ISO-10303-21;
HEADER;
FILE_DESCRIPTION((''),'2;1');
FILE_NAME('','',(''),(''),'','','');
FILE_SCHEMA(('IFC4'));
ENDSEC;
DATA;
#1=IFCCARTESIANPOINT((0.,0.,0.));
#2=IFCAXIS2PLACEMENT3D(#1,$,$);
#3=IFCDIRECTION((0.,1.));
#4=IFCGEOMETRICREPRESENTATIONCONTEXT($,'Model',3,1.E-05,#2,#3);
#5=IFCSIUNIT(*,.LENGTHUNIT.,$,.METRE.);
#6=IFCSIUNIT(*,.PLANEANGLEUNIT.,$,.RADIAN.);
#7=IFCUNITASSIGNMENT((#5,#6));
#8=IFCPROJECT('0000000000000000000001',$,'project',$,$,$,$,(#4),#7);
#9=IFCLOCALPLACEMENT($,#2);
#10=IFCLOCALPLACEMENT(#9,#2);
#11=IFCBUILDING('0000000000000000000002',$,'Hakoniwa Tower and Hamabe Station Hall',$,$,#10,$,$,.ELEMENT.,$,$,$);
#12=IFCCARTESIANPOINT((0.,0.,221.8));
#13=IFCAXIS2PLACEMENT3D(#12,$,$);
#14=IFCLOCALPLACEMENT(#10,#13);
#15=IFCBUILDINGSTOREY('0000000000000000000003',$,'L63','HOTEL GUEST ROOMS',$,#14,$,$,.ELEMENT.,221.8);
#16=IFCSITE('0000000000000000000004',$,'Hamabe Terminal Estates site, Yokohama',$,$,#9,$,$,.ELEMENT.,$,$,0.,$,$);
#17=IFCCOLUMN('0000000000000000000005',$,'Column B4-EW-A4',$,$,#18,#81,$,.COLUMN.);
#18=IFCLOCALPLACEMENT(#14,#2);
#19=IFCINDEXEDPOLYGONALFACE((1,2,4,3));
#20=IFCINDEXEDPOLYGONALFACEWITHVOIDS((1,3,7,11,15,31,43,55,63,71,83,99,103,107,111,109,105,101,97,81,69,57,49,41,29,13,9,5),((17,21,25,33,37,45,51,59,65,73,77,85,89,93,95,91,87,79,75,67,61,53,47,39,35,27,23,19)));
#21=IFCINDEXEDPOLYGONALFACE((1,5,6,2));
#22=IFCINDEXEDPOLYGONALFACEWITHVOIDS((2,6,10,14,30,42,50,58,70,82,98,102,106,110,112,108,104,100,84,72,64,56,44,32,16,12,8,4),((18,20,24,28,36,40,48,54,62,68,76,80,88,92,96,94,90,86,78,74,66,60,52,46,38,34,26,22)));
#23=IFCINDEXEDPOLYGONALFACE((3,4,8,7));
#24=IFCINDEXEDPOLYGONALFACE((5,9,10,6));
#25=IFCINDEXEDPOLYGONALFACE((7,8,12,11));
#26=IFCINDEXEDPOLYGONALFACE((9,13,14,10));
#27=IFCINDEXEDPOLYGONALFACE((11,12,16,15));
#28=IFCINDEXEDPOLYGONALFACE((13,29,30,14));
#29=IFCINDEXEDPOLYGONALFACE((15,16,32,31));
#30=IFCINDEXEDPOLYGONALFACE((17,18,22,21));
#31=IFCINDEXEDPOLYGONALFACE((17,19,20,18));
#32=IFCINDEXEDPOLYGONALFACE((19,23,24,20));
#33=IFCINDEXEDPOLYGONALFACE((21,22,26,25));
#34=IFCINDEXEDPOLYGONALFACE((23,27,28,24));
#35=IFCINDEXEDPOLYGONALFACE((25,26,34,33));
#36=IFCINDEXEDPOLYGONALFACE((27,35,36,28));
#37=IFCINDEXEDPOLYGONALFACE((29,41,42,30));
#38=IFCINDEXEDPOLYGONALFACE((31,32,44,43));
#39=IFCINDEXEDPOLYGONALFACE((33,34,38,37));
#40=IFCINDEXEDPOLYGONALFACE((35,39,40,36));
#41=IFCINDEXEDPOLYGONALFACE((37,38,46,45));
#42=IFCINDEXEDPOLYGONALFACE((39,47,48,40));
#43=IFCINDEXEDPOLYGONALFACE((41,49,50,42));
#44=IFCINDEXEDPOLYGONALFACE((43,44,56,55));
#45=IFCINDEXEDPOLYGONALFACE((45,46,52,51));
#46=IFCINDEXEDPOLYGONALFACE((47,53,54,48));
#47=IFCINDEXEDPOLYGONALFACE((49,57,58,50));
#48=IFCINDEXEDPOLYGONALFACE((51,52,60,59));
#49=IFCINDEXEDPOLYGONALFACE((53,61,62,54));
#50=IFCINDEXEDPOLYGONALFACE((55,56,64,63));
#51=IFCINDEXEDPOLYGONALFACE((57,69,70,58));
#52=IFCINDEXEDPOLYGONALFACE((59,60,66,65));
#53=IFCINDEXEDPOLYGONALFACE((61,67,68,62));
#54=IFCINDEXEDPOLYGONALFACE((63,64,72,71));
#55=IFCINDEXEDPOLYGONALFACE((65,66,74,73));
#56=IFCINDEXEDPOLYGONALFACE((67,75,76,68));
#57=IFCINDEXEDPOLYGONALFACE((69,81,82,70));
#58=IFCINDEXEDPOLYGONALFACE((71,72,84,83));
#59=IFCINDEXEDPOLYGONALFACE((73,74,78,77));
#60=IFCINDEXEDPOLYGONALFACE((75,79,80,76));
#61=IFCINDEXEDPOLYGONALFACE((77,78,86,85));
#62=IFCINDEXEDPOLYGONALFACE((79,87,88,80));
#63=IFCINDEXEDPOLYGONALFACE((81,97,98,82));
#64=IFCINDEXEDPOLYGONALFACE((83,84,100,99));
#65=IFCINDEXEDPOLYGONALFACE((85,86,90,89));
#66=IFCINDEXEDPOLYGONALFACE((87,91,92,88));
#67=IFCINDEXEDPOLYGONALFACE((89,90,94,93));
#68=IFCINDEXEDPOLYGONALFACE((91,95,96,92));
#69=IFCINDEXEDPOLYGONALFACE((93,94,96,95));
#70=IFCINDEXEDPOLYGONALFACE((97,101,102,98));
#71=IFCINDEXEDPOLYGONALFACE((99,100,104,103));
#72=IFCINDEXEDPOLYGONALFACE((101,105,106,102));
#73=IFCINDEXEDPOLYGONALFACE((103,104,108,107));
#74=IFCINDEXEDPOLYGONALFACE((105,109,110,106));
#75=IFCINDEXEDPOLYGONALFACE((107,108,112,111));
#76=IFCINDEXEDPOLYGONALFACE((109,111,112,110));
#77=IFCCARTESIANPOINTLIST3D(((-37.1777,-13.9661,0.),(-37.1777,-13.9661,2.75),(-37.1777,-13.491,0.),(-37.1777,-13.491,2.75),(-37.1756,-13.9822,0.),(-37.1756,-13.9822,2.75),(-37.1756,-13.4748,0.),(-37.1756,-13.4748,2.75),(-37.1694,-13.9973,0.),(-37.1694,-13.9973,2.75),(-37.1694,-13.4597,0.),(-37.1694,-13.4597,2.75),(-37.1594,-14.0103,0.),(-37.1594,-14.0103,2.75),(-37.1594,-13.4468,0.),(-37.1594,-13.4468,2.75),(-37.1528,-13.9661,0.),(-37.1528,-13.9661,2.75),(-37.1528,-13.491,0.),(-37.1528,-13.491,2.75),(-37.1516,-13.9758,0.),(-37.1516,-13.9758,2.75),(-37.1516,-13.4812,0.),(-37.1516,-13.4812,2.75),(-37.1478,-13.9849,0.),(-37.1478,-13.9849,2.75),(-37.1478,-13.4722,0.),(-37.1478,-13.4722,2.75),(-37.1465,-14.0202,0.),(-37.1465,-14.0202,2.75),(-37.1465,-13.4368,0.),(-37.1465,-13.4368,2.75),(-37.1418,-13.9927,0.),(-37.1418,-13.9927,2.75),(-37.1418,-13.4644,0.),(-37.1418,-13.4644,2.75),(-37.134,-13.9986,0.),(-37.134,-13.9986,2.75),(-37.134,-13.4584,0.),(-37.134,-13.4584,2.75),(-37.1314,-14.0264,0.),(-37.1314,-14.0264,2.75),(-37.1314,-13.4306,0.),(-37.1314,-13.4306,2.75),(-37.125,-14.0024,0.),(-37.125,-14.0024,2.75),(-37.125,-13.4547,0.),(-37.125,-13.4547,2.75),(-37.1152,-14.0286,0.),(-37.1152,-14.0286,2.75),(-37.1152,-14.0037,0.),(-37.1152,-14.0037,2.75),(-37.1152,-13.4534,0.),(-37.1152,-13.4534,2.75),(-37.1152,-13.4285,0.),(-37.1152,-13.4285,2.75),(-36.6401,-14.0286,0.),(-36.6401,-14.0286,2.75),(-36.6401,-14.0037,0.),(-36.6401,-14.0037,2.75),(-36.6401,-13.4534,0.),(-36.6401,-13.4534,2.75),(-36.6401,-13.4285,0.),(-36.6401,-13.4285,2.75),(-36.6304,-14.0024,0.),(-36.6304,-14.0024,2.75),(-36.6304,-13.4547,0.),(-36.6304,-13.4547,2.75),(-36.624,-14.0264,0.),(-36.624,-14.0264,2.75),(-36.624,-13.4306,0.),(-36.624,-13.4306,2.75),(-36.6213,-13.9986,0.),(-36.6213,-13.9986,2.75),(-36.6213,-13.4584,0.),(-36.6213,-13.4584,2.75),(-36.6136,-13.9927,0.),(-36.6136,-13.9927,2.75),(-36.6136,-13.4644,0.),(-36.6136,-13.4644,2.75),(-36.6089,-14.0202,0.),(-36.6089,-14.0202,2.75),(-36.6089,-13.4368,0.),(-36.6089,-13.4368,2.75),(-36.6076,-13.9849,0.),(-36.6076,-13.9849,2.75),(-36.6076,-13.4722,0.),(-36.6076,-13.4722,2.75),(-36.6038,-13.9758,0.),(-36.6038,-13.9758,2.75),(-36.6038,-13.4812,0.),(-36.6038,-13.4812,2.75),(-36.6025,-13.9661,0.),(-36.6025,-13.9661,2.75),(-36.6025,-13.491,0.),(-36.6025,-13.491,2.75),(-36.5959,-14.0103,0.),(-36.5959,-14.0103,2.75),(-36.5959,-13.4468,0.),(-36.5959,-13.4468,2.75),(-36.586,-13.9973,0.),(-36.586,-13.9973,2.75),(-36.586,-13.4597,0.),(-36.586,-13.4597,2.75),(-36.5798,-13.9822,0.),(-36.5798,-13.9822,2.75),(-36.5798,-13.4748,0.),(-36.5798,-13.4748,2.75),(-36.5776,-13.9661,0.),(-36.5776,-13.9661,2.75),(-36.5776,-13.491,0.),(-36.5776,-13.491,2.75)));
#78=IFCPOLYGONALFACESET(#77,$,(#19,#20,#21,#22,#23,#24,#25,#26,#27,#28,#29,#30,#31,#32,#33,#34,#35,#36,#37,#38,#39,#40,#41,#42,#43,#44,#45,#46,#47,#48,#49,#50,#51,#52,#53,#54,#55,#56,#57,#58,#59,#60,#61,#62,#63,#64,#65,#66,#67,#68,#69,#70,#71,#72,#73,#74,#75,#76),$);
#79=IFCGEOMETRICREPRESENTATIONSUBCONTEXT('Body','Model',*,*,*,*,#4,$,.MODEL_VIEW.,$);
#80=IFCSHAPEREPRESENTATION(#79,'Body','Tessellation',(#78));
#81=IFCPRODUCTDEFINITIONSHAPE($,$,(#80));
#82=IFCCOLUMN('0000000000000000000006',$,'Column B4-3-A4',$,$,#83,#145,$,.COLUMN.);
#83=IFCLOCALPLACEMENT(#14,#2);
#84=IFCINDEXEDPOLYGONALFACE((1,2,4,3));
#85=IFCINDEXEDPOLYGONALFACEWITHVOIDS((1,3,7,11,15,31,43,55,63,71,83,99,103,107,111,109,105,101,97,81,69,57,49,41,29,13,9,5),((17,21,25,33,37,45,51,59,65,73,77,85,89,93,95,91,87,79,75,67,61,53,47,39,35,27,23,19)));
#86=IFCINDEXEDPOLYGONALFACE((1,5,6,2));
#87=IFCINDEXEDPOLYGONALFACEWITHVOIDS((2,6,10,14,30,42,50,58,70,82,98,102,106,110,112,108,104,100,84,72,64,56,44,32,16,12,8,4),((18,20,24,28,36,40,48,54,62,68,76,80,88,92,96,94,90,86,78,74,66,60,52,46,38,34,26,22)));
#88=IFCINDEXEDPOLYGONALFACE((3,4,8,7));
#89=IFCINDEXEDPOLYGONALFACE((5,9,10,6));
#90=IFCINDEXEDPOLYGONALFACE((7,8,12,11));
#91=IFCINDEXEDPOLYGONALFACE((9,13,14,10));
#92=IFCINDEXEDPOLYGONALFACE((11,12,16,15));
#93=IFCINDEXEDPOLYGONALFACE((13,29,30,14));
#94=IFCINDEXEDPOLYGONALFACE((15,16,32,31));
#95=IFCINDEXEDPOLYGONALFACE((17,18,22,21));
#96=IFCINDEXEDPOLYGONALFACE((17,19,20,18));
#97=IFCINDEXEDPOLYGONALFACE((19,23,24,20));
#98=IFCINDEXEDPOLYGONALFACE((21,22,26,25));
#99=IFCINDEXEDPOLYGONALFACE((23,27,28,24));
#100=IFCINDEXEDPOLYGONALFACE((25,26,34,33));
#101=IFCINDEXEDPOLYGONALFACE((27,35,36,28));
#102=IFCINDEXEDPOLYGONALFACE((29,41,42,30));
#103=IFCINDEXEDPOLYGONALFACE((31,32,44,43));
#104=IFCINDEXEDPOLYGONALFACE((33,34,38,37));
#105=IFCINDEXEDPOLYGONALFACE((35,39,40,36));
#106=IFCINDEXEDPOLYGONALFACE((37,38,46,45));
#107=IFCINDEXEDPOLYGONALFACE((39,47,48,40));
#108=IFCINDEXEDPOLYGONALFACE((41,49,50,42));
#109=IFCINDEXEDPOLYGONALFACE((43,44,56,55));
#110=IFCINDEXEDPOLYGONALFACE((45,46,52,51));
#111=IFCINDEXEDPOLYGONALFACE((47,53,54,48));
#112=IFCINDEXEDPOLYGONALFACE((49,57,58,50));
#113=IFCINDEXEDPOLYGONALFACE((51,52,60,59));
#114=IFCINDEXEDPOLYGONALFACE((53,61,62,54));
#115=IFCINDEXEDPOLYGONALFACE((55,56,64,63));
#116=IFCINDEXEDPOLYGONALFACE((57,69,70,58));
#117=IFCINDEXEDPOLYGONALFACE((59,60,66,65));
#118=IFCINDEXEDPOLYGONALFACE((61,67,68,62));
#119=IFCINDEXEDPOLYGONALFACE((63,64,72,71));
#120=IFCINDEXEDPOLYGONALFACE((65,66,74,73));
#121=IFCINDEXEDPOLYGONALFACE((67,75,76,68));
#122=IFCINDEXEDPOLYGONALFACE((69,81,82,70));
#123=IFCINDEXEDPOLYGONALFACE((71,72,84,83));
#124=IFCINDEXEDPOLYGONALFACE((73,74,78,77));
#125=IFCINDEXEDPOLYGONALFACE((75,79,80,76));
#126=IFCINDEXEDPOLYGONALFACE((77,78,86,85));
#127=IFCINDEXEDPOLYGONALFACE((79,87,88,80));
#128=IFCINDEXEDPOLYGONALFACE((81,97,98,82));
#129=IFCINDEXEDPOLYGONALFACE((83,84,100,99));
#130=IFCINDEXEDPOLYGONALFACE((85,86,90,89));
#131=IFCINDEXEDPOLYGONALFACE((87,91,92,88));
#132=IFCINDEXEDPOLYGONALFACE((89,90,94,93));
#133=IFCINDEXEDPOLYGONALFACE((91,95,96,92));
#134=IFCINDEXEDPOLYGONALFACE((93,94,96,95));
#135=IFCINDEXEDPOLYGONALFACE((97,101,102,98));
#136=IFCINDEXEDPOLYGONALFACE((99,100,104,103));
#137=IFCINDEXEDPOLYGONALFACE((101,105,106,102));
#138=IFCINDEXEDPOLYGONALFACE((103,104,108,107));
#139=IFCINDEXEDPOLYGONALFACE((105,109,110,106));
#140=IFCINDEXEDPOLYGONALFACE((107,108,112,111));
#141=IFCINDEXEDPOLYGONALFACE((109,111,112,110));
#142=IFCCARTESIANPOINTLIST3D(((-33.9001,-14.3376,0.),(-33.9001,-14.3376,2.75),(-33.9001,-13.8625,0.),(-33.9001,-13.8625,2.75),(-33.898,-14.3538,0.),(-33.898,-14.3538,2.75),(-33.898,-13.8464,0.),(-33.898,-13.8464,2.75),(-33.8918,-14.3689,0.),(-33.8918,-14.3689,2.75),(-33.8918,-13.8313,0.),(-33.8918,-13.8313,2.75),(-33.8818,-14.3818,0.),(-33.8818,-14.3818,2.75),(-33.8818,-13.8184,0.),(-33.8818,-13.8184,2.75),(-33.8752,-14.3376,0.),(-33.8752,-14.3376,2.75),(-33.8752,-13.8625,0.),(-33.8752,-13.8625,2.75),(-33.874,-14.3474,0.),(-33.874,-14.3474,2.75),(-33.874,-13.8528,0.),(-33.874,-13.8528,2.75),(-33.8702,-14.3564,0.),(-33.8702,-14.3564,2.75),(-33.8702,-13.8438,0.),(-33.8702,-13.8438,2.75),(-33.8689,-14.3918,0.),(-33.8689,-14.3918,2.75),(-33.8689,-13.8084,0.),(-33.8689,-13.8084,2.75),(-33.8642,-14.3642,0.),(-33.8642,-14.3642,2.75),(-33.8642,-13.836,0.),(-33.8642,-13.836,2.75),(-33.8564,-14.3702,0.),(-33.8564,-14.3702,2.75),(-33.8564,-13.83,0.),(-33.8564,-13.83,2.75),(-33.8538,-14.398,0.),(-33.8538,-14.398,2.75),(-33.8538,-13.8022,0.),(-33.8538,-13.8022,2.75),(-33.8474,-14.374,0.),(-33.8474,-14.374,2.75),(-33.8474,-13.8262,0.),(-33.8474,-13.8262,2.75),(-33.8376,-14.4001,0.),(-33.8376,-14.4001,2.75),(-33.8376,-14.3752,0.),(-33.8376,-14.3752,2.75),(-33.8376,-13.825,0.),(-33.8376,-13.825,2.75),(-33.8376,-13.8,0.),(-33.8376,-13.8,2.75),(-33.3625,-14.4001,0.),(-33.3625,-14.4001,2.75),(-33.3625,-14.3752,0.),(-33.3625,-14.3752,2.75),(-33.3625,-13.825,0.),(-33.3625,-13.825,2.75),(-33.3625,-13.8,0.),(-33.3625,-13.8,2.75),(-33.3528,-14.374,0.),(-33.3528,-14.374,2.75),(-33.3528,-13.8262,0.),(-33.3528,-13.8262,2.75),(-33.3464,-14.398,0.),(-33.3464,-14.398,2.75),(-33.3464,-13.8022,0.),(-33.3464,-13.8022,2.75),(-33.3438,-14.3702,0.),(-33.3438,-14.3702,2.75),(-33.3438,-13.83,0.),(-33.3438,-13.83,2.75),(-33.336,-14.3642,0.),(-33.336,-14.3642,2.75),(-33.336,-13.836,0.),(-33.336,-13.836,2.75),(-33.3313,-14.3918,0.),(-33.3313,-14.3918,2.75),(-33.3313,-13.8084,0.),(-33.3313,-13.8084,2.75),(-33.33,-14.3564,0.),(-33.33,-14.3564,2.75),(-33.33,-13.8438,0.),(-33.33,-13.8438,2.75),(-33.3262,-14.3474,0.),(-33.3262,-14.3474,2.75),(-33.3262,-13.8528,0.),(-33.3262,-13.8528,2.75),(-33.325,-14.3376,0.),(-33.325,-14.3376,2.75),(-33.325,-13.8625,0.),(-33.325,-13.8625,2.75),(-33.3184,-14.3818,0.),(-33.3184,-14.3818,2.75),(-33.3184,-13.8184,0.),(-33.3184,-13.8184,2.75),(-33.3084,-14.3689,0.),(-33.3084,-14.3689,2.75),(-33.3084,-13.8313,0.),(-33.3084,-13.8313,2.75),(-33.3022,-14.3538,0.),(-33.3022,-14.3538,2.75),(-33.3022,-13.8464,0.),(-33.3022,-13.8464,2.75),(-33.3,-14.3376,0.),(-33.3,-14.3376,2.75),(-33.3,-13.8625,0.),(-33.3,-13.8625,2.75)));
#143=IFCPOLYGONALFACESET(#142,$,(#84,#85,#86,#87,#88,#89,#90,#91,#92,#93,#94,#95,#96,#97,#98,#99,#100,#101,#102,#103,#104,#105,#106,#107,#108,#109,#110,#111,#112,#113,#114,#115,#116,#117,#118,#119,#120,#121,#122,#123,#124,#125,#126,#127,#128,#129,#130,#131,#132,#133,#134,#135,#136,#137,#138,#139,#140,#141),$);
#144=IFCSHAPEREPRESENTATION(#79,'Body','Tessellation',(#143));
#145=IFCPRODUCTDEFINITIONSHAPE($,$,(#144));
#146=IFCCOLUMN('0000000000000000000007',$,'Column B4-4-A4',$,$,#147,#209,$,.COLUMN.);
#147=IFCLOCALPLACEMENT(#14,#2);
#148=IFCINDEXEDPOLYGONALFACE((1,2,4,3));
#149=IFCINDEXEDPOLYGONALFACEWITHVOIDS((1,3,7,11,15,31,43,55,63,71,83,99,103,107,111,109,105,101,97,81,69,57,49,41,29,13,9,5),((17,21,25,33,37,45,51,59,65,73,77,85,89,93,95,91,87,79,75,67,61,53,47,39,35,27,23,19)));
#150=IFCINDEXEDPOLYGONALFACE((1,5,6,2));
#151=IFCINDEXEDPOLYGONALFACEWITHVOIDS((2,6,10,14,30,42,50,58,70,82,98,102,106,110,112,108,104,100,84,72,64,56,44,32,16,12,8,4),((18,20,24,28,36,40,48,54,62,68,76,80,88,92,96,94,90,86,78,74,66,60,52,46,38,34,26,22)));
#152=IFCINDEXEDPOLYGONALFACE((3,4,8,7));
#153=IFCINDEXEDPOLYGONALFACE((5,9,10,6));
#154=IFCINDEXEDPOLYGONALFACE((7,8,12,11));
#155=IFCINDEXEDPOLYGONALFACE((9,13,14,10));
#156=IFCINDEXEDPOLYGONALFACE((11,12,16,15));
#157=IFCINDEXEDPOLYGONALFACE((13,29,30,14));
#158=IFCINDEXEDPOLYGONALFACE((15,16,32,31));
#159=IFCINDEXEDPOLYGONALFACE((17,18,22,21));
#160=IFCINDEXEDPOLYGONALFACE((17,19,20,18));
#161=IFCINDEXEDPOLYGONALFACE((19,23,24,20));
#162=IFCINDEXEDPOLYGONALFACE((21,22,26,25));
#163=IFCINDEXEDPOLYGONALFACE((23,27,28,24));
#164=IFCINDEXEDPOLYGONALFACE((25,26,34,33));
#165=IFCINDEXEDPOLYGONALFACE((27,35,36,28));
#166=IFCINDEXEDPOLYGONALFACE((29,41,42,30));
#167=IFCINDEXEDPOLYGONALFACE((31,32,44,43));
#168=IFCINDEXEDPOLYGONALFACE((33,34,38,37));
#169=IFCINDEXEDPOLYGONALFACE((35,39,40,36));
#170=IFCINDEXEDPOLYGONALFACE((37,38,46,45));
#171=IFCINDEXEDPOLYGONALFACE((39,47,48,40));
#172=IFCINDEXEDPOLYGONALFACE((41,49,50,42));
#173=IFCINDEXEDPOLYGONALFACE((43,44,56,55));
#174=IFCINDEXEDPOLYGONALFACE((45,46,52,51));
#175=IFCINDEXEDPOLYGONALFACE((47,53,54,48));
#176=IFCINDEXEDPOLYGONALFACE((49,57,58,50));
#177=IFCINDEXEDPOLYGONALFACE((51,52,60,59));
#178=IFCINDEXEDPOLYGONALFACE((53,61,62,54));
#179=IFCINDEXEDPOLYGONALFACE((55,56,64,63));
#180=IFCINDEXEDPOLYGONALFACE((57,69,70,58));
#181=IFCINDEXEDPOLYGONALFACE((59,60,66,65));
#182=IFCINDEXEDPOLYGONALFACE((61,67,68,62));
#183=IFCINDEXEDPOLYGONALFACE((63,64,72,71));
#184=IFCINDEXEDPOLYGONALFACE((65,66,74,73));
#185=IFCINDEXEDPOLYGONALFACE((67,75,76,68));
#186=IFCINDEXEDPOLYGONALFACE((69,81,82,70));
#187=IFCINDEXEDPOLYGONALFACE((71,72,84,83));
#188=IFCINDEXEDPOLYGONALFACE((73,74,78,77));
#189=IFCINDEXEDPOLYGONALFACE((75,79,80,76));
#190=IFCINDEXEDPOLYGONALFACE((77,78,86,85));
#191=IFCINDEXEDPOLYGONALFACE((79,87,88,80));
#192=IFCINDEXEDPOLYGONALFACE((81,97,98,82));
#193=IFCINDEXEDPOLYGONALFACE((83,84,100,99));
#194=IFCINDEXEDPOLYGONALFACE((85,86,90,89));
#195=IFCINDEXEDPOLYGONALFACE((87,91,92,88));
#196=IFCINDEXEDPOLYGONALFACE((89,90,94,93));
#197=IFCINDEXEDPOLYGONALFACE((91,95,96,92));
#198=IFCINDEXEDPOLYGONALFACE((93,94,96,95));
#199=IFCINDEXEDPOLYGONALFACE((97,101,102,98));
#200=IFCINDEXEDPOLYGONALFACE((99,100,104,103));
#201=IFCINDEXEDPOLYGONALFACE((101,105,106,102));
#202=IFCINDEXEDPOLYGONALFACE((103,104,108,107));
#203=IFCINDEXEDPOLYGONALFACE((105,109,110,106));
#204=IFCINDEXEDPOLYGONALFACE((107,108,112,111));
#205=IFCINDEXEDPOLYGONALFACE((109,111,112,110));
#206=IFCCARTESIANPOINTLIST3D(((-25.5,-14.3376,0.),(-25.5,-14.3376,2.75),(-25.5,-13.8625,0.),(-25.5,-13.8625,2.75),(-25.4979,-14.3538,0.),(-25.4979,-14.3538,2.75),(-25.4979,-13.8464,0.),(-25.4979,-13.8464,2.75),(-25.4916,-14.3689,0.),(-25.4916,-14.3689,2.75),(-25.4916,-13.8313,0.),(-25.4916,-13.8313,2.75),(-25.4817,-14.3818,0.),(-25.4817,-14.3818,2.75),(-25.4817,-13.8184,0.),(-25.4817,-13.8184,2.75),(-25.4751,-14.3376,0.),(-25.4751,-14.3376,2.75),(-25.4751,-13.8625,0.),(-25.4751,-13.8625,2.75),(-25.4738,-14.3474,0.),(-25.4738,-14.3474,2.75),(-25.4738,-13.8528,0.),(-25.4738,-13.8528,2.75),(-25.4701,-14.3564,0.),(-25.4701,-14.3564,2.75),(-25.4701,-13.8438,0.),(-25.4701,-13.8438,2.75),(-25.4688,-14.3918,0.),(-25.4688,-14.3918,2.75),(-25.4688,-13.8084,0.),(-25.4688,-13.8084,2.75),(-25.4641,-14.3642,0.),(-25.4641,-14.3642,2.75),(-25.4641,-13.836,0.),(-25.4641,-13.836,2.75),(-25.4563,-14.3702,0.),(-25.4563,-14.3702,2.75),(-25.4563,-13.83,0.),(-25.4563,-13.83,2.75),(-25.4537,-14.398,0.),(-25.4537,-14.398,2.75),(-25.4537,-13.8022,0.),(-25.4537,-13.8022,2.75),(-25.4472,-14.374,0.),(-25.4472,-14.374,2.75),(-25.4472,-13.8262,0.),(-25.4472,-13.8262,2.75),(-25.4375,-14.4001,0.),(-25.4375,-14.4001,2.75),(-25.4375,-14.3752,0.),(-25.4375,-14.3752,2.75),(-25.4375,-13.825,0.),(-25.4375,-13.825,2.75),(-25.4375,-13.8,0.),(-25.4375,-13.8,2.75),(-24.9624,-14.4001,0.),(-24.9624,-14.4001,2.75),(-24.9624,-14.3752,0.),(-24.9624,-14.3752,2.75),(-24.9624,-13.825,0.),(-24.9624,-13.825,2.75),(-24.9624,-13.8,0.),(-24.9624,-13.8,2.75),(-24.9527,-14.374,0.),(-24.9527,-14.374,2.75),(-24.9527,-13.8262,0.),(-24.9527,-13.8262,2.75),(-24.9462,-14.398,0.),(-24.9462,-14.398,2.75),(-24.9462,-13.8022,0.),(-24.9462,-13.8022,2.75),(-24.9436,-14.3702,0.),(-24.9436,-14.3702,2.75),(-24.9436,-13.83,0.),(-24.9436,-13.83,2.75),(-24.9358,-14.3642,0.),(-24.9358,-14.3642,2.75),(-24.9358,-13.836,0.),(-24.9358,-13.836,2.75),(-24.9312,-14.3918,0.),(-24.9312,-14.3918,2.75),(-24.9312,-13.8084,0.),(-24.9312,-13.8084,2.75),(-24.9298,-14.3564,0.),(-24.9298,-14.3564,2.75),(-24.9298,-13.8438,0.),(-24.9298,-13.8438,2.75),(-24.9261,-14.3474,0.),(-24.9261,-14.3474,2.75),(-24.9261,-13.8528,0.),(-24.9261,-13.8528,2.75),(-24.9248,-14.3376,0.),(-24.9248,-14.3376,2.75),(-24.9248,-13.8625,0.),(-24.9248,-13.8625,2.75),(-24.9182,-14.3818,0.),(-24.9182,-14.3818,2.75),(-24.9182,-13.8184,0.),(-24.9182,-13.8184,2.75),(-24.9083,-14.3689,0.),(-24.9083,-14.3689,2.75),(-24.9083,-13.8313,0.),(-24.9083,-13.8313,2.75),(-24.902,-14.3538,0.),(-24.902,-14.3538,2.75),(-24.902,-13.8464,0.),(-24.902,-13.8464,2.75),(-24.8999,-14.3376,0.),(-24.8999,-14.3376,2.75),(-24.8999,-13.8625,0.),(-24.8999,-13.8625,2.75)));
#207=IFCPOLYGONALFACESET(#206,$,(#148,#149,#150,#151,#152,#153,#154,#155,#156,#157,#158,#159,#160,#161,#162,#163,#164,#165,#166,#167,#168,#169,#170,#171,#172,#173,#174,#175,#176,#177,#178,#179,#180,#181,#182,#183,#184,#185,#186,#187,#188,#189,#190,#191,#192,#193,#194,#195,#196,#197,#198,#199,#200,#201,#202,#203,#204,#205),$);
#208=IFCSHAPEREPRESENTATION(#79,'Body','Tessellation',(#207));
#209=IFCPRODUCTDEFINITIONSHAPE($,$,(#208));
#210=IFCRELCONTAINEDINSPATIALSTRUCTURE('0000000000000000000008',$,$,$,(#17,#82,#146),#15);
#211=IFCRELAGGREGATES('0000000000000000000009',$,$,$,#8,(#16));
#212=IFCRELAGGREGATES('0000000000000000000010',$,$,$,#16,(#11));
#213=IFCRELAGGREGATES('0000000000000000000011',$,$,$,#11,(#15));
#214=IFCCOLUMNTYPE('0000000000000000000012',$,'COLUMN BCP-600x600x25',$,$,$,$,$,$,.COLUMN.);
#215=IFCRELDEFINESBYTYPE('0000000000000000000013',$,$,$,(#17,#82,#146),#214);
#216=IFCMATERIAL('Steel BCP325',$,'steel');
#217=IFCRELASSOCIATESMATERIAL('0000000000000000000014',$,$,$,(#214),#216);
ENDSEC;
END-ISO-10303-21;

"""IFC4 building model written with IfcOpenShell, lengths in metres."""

from ifc_helpers import new_model, si_unit, direction, frame, origin, origin_2d, place, context, subcontext, project, spatial, hollow_rectangle, extrude, material, material_profile, profile_set, type_object, element, save


model = new_model("IFC4")

# Units and contexts
model_context = context("Model", 3, precision=1e-05, world=origin(), true_north=direction((0.0, 1.0)))
body_context = subcontext(model_context, "Body", "Model", "MODEL_VIEW")
ifc_project = project(units=[si_unit("LENGTHUNIT", "METRE"), si_unit("PLANEANGLEUNIT", "RADIAN")], contexts=[model_context])

# Site, building, storey
site_placement = place(None, origin())
site = spatial("IfcSite", under=ifc_project, at=site_placement, Name="Hamabe Terminal Estates site, Yokohama", CompositionType="ELEMENT", RefElevation=0.0)
building_placement = place(site_placement, origin())
building = spatial("IfcBuilding", under=site, at=building_placement, Name="Hakoniwa Tower and Hamabe Station Hall", CompositionType="ELEMENT")
storey_placement = place(building_placement, frame((0.0, 0.0, 221.8)))
storey = spatial("IfcBuildingStorey", under=building, at=storey_placement, Name="L63", Description="HOTEL GUEST ROOMS", CompositionType="ELEMENT", Elevation=221.8)

# Columns
ifc_material_1 = material(Name="Steel BCP325", Category="steel")
ifc_material_profile_1 = material_profile(ifc_material_1, hollow_rectangle(XDim=0.6001, YDim=0.6001, WallThickness=0.0249, InnerFilletRadius=0.0376, OuterFilletRadius=0.0625, at=origin_2d()), Name="BCP-600x600x25")
ifc_profile_set_1 = profile_set([ifc_material_profile_1], Name="Steel BCP325")
column_type = type_object("IfcColumnType", Name="COLUMN BCP-600x600x25", PredefinedType="COLUMN", material=ifc_profile_set_1)
for number, where, z_axis, x_axis, name in (
    (1, (-36.8777, -13.7285, 0.0), (0.0, 0.0, 1.0), (1.0, 0.0, 0.0), "Column B4-EW-A4"),
    (2, (-33.6001, -14.1001, 0.0), (0.0, 0.0, 1.0), (1.0, 0.0, 0.0), "Column B4-3-A4"),
    (3, (-25.2, -14.1001, 0.0), (0.0, 0.0, 1.0), (1.0, 0.0, 0.0), "Column B4-4-A4"),
):
    element("IfcColumn", number, at=place(storey_placement, frame(where, z_axis=z_axis, x_axis=x_axis)), inside=storey, type_object=column_type, Name=name, PredefinedType="COLUMN", context=body_context, shape_type="SweptSolid", body=[
        extrude(hollow_rectangle(XDim=0.6001, YDim=0.6001, WallThickness=0.0249, InnerFilletRadius=0.0376, OuterFilletRadius=0.0625, at=origin_2d()), origin(), (0.0, 0.0, 1.0), 2.75),
    ])

save(model, "model.ifc")
